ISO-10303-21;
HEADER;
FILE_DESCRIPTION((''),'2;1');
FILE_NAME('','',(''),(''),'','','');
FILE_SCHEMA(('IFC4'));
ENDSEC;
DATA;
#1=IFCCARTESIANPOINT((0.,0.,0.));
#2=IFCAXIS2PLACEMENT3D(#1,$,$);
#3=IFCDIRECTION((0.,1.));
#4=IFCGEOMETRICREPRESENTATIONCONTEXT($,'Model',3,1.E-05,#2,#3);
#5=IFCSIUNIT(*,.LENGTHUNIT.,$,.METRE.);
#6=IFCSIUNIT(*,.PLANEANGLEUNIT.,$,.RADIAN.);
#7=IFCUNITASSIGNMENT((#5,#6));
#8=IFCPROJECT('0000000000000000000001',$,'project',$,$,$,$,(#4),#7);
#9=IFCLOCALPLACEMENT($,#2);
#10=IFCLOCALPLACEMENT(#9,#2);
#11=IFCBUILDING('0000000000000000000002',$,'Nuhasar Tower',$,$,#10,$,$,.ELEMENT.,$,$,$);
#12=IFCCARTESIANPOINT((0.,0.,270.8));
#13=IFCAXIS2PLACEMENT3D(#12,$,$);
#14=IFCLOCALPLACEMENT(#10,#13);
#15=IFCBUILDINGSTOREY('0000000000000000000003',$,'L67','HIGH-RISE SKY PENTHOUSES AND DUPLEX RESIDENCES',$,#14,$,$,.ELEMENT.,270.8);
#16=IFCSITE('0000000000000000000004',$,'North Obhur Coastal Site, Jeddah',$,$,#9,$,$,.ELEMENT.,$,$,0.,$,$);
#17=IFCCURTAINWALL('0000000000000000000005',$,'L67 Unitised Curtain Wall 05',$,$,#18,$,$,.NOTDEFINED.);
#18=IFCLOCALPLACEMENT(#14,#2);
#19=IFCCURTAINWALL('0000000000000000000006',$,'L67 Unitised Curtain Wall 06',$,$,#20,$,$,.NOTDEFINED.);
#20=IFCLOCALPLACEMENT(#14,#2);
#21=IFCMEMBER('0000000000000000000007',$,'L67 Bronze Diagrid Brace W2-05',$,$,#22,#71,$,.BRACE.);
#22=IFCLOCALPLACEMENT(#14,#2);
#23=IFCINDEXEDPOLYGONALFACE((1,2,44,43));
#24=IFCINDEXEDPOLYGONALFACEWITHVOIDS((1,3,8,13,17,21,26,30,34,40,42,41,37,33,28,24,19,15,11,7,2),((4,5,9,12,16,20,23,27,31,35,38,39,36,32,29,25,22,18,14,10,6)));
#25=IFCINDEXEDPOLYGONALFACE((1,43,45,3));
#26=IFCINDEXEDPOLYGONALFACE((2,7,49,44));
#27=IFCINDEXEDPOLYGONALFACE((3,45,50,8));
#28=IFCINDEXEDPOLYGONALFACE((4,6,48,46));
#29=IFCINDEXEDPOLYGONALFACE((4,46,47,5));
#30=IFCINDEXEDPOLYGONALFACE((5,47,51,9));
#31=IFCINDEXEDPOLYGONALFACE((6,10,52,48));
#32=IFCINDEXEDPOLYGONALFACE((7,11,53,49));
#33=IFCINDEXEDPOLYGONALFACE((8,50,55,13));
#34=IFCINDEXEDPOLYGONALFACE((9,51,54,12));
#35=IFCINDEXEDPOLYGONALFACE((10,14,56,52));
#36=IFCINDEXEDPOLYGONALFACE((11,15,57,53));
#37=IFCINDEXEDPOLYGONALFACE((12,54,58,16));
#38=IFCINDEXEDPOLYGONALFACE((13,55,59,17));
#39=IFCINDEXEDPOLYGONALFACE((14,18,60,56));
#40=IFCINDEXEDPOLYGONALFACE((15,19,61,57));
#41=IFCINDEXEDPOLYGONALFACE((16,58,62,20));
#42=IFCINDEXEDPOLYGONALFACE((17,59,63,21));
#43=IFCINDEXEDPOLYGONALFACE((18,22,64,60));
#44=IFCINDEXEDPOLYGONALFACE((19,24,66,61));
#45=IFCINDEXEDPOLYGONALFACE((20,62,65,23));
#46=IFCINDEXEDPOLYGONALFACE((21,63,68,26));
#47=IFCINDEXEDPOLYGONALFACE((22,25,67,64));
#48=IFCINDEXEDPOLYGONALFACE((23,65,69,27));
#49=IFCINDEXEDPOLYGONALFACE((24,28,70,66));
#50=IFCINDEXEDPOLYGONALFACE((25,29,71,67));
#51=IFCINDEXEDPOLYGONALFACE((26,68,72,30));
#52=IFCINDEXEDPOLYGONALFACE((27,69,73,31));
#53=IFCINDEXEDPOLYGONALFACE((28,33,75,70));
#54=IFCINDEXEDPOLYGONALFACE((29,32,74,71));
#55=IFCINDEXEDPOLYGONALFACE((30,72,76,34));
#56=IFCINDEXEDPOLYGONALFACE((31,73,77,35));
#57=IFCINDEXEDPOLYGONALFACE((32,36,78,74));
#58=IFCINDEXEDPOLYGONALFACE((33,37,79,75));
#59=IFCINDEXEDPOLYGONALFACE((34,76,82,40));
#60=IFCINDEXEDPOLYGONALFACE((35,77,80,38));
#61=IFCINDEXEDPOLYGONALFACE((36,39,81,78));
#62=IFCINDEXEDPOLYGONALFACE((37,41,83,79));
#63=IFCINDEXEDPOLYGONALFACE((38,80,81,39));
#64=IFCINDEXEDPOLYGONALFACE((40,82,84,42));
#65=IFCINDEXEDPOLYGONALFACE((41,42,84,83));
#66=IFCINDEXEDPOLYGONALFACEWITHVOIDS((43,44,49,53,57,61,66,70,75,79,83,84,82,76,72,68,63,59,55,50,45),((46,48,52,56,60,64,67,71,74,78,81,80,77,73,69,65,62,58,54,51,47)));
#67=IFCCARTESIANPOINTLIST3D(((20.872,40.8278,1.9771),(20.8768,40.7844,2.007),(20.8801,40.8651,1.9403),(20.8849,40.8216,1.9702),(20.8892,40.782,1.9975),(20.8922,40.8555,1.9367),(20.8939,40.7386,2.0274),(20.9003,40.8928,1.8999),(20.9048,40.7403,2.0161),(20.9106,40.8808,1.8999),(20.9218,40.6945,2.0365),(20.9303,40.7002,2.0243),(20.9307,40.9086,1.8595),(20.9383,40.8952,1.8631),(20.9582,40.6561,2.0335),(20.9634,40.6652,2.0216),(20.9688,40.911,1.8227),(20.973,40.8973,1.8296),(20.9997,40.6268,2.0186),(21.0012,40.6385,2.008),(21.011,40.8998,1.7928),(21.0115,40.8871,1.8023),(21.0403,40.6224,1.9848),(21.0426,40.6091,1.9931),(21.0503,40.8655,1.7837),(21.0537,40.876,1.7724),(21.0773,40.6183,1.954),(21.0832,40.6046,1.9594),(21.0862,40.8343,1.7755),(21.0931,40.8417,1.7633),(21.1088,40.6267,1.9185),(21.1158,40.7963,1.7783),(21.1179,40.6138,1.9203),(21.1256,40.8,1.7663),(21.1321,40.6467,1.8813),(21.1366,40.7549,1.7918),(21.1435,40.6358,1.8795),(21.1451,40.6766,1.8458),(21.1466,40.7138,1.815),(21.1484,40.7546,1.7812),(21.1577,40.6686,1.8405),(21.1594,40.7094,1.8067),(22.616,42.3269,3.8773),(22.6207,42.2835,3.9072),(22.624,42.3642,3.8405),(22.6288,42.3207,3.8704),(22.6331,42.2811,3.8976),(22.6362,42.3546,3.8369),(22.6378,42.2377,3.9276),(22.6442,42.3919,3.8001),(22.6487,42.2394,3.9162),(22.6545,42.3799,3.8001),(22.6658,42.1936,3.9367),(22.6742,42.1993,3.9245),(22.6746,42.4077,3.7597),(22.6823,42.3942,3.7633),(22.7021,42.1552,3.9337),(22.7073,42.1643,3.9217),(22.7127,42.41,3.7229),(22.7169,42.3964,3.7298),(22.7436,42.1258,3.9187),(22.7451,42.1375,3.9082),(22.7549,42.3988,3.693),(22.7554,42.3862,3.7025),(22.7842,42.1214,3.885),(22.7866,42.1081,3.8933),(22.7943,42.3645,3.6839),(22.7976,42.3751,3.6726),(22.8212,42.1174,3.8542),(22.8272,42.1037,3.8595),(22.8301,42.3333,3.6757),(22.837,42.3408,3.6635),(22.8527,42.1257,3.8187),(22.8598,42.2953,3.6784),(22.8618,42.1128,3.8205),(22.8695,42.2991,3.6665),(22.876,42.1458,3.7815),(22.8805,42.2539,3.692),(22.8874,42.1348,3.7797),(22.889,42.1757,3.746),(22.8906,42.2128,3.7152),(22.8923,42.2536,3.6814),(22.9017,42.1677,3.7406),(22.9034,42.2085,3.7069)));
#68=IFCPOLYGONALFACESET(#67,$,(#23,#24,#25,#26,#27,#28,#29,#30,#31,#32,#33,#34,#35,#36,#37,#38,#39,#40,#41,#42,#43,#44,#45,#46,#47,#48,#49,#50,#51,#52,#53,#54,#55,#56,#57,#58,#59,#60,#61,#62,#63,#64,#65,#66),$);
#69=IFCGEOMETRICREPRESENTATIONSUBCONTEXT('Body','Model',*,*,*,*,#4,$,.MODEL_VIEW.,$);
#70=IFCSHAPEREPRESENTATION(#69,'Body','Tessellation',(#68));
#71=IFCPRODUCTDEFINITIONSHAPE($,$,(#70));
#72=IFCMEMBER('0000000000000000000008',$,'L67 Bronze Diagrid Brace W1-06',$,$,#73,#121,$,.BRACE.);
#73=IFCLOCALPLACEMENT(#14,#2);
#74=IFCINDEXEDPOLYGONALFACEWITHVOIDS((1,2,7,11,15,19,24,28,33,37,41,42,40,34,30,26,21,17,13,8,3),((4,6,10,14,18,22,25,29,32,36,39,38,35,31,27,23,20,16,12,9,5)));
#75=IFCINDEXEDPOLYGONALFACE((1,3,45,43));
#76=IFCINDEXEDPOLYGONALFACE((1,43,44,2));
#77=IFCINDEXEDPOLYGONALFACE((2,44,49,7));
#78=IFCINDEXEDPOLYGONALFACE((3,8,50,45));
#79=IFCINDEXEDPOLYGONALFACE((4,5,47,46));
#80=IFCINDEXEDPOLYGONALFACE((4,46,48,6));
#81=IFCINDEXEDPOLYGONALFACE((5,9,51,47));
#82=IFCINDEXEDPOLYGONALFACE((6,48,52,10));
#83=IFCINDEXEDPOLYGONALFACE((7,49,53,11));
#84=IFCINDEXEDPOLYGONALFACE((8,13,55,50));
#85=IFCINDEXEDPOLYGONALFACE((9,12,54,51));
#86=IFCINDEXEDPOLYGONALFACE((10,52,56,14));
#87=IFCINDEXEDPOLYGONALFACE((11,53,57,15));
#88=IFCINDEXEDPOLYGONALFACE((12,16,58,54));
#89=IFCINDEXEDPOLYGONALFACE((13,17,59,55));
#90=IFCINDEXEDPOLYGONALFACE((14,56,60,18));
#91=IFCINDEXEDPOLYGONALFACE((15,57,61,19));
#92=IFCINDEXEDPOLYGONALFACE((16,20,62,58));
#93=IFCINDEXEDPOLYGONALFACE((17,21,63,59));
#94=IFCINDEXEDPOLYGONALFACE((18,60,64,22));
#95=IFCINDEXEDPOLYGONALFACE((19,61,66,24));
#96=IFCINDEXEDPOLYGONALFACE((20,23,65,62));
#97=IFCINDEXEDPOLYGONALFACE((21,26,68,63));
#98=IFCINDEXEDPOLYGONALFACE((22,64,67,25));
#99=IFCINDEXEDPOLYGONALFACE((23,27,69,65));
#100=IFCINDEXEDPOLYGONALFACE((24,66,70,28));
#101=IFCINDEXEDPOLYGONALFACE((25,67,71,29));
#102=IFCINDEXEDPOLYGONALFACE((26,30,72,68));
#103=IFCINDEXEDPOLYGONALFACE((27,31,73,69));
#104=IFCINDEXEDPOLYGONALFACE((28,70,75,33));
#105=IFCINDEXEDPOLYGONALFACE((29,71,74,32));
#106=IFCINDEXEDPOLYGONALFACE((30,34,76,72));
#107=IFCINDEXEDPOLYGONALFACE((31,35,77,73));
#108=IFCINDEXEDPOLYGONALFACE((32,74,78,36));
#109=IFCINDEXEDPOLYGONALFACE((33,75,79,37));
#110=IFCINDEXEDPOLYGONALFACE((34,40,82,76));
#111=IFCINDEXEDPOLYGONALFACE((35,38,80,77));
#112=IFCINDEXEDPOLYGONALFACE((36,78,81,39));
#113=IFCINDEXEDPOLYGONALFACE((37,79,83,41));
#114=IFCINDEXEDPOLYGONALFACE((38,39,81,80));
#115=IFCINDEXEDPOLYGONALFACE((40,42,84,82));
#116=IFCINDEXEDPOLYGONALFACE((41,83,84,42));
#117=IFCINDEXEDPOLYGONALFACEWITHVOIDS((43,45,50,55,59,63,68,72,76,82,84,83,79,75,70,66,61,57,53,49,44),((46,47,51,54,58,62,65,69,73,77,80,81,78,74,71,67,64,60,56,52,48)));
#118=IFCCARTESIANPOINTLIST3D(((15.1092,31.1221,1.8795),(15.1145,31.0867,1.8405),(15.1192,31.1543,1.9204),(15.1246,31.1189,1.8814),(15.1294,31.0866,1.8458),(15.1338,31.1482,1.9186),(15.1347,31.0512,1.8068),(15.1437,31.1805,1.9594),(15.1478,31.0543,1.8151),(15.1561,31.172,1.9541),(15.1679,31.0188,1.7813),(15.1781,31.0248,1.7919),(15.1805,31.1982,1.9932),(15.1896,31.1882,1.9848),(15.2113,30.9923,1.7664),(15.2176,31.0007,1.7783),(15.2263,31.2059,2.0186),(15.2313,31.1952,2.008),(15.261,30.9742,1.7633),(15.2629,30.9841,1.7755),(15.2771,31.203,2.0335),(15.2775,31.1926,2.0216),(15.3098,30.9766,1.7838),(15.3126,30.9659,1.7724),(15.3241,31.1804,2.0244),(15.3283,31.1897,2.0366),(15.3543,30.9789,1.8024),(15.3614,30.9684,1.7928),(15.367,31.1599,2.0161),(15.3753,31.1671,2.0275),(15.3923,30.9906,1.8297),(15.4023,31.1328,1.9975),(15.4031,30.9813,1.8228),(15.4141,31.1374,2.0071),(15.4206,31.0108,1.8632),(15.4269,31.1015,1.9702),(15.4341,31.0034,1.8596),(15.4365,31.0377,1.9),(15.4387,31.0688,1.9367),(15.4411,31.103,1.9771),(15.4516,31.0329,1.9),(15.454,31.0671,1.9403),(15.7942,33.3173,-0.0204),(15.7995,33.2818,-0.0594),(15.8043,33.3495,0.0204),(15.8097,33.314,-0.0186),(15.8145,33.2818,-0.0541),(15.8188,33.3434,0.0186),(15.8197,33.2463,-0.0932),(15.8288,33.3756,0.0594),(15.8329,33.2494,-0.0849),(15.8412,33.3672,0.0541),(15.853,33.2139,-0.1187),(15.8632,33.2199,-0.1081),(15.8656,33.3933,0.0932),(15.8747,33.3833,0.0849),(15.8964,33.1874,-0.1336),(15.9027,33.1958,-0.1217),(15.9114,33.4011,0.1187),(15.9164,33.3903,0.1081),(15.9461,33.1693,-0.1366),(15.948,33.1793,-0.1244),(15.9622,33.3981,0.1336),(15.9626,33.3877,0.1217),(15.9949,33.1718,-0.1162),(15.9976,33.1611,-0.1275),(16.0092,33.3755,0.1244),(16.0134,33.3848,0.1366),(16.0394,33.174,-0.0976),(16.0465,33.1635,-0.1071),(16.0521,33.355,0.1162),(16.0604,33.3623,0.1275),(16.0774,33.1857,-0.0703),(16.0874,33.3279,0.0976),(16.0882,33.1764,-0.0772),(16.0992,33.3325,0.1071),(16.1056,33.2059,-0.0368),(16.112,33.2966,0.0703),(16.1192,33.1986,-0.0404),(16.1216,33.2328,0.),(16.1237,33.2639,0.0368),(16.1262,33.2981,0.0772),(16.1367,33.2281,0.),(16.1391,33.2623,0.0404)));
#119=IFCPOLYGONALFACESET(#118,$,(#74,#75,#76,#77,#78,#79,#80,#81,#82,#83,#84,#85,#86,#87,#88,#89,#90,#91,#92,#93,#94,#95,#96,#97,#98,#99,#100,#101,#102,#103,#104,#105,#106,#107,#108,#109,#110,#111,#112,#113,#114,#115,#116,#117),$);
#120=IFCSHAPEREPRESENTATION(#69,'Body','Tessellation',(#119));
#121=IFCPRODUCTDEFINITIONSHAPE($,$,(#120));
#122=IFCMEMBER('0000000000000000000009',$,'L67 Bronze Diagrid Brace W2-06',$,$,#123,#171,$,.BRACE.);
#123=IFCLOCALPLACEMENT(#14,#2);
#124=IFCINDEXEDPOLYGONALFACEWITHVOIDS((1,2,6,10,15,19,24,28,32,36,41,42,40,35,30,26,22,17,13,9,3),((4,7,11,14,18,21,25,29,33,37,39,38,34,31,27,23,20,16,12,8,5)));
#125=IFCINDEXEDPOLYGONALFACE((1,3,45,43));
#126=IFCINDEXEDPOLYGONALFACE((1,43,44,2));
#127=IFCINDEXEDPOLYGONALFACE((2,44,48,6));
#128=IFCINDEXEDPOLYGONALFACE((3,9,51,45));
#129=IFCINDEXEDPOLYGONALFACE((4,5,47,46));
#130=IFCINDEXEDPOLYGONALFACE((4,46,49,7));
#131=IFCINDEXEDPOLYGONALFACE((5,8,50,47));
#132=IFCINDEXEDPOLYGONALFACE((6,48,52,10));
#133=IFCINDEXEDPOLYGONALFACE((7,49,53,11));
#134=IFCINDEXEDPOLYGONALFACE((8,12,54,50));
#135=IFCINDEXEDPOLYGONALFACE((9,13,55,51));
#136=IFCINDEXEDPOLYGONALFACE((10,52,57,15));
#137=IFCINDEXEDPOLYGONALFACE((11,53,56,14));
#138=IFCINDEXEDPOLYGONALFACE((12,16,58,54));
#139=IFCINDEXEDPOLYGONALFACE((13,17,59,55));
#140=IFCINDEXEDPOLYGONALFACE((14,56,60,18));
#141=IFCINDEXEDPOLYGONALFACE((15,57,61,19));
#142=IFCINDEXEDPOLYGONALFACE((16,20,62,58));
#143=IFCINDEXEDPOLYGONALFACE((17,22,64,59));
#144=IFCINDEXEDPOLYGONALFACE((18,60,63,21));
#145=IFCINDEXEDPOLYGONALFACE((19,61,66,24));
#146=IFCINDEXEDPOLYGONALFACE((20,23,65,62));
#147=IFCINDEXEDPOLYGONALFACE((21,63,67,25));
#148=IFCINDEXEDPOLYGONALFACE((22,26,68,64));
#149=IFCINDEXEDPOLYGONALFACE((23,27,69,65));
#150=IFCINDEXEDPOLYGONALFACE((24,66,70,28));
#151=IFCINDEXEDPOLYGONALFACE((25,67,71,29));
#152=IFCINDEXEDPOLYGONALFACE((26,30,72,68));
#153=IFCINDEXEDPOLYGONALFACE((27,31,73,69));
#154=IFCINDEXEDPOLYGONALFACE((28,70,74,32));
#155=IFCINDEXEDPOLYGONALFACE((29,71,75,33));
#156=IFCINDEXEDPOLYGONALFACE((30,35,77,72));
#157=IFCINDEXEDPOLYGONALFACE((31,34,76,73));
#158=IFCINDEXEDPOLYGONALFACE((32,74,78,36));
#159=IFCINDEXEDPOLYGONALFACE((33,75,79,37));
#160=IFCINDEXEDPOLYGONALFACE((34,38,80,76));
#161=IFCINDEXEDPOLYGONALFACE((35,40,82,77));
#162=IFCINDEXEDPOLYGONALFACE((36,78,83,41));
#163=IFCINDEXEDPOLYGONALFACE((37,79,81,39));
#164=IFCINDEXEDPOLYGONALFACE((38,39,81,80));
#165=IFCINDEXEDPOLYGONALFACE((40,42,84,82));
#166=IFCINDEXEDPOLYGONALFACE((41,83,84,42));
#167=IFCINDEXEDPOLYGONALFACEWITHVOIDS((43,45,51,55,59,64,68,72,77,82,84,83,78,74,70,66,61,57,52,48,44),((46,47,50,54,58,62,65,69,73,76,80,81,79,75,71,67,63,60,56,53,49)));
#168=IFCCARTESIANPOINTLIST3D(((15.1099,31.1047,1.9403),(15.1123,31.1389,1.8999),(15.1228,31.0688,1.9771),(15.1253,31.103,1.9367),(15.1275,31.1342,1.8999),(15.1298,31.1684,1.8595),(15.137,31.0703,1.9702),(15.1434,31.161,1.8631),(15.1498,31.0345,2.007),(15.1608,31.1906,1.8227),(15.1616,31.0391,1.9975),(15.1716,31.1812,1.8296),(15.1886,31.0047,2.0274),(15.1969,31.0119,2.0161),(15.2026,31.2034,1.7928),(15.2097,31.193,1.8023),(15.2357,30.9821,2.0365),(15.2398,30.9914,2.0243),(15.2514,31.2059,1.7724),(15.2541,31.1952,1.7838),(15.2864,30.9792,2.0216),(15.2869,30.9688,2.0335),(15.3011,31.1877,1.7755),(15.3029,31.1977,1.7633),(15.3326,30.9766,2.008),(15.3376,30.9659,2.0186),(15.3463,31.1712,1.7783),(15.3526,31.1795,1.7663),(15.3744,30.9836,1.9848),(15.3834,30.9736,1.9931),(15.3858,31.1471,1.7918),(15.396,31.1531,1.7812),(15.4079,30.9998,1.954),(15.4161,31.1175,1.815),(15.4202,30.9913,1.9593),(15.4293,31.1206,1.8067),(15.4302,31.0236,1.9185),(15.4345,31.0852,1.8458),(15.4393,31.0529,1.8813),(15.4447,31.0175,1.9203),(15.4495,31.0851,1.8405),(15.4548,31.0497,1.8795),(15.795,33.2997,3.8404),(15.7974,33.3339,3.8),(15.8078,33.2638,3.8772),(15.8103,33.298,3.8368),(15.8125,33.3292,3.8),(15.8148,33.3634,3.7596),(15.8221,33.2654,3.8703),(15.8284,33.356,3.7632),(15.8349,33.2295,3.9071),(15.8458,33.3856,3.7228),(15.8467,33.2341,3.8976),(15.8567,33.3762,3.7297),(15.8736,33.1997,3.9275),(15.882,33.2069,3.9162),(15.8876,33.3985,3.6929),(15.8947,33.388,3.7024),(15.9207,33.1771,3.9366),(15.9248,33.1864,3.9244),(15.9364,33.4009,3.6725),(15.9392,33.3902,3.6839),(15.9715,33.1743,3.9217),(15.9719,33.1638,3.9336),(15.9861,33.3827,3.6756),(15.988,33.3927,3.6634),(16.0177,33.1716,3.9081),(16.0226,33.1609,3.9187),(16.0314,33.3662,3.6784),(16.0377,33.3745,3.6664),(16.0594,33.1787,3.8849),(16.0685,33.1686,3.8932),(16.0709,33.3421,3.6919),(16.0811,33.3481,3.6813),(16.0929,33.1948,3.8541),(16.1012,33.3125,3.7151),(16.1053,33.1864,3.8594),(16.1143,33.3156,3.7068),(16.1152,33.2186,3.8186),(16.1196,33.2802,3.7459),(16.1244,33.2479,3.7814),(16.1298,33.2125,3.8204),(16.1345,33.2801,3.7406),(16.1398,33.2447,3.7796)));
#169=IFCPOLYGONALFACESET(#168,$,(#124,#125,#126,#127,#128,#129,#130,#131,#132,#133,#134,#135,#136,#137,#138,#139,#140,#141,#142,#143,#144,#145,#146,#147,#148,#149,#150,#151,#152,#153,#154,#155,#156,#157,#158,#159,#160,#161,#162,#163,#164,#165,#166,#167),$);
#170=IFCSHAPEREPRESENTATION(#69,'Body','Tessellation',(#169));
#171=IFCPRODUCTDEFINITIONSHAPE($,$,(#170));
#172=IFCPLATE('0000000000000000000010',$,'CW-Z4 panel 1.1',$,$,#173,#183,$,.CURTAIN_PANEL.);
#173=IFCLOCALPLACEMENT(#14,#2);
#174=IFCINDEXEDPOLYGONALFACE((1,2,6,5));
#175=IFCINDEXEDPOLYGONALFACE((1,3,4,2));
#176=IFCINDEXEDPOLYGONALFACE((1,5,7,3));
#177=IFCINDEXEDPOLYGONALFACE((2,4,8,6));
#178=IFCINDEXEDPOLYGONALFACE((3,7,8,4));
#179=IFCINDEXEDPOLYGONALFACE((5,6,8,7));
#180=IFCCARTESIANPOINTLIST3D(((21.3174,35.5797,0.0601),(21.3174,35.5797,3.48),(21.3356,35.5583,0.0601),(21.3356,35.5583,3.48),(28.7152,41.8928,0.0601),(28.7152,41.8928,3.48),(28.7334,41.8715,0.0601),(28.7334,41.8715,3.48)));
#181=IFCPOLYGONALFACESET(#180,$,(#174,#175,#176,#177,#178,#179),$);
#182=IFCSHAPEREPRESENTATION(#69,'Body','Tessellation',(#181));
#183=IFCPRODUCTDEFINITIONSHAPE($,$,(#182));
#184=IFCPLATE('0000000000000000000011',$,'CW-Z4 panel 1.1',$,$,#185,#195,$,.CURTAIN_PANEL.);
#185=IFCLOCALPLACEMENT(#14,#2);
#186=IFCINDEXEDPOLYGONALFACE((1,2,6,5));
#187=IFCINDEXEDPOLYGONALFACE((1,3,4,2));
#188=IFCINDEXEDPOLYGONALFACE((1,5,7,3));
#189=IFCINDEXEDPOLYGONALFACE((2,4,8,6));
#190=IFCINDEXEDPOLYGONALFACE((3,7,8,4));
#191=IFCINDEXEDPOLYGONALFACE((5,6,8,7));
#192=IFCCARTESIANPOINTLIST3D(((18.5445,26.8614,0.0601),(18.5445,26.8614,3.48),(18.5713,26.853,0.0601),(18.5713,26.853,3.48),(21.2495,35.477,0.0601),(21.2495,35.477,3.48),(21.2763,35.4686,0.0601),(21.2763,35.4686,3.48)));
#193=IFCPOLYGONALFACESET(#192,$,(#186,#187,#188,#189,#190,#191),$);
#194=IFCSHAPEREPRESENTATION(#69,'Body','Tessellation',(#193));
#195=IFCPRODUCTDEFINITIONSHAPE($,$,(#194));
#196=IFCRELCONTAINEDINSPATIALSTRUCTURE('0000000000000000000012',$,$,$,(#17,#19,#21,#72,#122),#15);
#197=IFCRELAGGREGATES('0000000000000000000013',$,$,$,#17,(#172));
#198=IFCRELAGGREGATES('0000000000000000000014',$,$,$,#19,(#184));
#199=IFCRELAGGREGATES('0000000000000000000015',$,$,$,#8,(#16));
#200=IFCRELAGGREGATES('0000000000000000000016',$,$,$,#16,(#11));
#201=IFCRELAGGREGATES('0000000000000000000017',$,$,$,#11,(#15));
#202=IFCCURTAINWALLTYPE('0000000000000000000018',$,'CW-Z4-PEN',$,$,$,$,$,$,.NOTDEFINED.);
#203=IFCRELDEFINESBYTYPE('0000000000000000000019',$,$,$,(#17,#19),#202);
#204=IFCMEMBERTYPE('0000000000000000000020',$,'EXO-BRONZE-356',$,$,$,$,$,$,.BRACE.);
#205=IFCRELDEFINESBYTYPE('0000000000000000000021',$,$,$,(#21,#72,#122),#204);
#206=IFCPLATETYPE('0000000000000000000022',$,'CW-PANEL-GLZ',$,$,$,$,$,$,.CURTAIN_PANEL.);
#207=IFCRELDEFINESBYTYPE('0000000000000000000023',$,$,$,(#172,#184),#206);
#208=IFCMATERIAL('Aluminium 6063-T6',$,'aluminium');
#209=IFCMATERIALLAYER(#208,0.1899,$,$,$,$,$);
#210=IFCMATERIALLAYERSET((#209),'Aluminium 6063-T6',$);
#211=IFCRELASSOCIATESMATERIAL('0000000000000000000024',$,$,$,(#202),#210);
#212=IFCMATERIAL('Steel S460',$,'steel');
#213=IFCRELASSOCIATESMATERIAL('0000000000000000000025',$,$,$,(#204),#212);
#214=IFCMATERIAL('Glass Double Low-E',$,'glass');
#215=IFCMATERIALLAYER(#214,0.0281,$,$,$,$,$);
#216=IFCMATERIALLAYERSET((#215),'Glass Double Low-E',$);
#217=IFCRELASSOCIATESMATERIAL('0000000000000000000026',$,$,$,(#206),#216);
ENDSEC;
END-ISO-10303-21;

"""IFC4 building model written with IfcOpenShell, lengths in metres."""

from ifc_helpers import new_model, si_unit, direction, frame, origin, origin_2d, place, context, subcontext, project, spatial, rectangle, hollow_circle, extrude, material, layer, layer_set, material_profile, profile_set, type_object, element, aggregate, save


model = new_model("IFC4")

# Units and contexts
model_context = context("Model", 3, precision=1e-05, world=origin(), true_north=direction((0.0, 1.0)))
body_context = subcontext(model_context, "Body", "Model", "MODEL_VIEW")
ifc_project = project(units=[si_unit("LENGTHUNIT", "METRE"), si_unit("PLANEANGLEUNIT", "RADIAN")], contexts=[model_context])

# Site, building, storey
site_placement = place(None, origin())
site = spatial("IfcSite", under=ifc_project, at=site_placement, Name="North Obhur Coastal Site, Jeddah", CompositionType="ELEMENT", RefElevation=0.0)
building_placement = place(site_placement, origin())
building = spatial("IfcBuilding", under=site, at=building_placement, Name="Nuhasar Tower", CompositionType="ELEMENT")
storey_placement = place(building_placement, frame((0.0, 0.0, 270.8)))
storey = spatial("IfcBuildingStorey", under=building, at=storey_placement, Name="L67", Description="HIGH-RISE SKY PENTHOUSES AND DUPLEX RESIDENCES", CompositionType="ELEMENT", Elevation=270.8)

# Curtain wall
ifc_material_1 = material(Name="Aluminium 6063-T6", Category="aluminium")
ifc_layer_1 = layer(ifc_material_1, 0.1899)
ifc_layer_set_1 = layer_set([ifc_layer_1], Name="Aluminium 6063-T6")
curtain_wall_type = type_object("IfcCurtainWallType", Name="CW-Z4-PEN", PredefinedType="NOTDEFINED", material=ifc_layer_set_1)
curtain_wall_1_placement = place(storey_placement, origin())
curtain_wall_1 = element("IfcCurtainWall", 1, at=curtain_wall_1_placement, inside=storey, type_object=curtain_wall_type, Name="L67 Unitised Curtain Wall 05", PredefinedType="NOTDEFINED")

# Curtain wall
curtain_wall_2_placement = place(storey_placement, origin())
curtain_wall_2 = element("IfcCurtainWall", 2, at=curtain_wall_2_placement, inside=storey, type_object=curtain_wall_type, Name="L67 Unitised Curtain Wall 06", PredefinedType="NOTDEFINED")

# Members
ifc_material_2 = material(Name="Steel S460", Category="steel")
ifc_material_profile_1 = material_profile(ifc_material_2, hollow_circle(Radius=0.1777, WallThickness=0.0159, at=origin_2d()), Name="HSS355.6X15.9")
ifc_profile_set_1 = profile_set([ifc_material_profile_1], Name="Steel S460")
member_type_1 = type_object("IfcMemberType", Name="EXO-BRONZE-356", PredefinedType="BRACE", material=ifc_profile_set_1)
member_1_placement = place(storey_placement, frame((21.0161, 40.7581, 1.8999), z_axis=(0.584595, 0.502508, 0.636973), x_axis=(-0.651857, 0.758342, 0.0)))
element("IfcMember", 3, at=member_1_placement, inside=storey, type_object=member_type_1, Name="L67 Bronze Diagrid Brace W2-05", PredefinedType="BRACE", context=body_context, shape_type="SweptSolid", body=[
    extrude(hollow_circle(Radius=0.1777, WallThickness=0.0159, at=origin_2d()), origin(), (0.0, 0.0, 1.0), 2.9832),
])
for number, where, z_axis, x_axis, name in (
    (4, (15.967, 33.281, 0.0), (-0.229668, -0.735902, 0.636947), (0.954591, -0.297918, 0.0), "L67 Bronze Diagrid Brace W1-06"),
    (5, (15.282, 31.0859, 1.8999), (0.229656, 0.735864, 0.636995), (-0.954591, 0.297918, 0.0), "L67 Bronze Diagrid Brace W2-06"),
):
    element("IfcMember", number, at=place(storey_placement, frame(where, z_axis=z_axis, x_axis=x_axis)), inside=storey, type_object=member_type_1, Name=name, PredefinedType="BRACE", context=body_context, shape_type="SweptSolid", body=[
        extrude(hollow_circle(Radius=0.1777, WallThickness=0.0159, at=origin_2d()), origin(), (0.0, 0.0, 1.0), 2.9829),
    ])

# Plates
ifc_material_3 = material(Name="Glass Double Low-E", Category="glass")
ifc_layer_2 = layer(ifc_material_3, 0.0281)
ifc_layer_set_2 = layer_set([ifc_layer_2], Name="Glass Double Low-E")
plate_type = type_object("IfcPlateType", Name="CW-PANEL-GLZ", PredefinedType="CURTAIN_PANEL", material=ifc_layer_set_2)
plate_1_placement = place(storey_placement, frame((25.0254, 38.7256, 0.0601), z_axis=(0.0, 0.0, 1.0), x_axis=(-0.760667, -0.649142, 0.0)))
plate_1 = element("IfcPlate", 6, at=plate_1_placement, type_object=plate_type, Name="CW-Z4 panel 1.1", PredefinedType="CURTAIN_PANEL", context=body_context, shape_type="SweptSolid", body=[
    extrude(rectangle(XDim=9.7253, YDim=0.0281, at=origin_2d()), origin(), (0.0, 0.0, 1.0), 3.4199),
])
aggregate(curtain_wall_1, [plate_1])
plate_2_placement = place(storey_placement, frame((19.9104, 31.165, 0.0601), z_axis=(0.0, 0.0, 1.0), x_axis=(-0.299557, -0.954079, 0.0)))
plate_2 = element("IfcPlate", 7, at=plate_2_placement, type_object=plate_type, Name="CW-Z4 panel 1.1", PredefinedType="CURTAIN_PANEL", context=body_context, shape_type="SweptSolid", body=[
    extrude(rectangle(XDim=9.0303, YDim=0.0281, at=origin_2d()), origin(), (0.0, 0.0, 1.0), 3.4199),
])
aggregate(curtain_wall_2, [plate_2])

save(model, "model.ifc")
